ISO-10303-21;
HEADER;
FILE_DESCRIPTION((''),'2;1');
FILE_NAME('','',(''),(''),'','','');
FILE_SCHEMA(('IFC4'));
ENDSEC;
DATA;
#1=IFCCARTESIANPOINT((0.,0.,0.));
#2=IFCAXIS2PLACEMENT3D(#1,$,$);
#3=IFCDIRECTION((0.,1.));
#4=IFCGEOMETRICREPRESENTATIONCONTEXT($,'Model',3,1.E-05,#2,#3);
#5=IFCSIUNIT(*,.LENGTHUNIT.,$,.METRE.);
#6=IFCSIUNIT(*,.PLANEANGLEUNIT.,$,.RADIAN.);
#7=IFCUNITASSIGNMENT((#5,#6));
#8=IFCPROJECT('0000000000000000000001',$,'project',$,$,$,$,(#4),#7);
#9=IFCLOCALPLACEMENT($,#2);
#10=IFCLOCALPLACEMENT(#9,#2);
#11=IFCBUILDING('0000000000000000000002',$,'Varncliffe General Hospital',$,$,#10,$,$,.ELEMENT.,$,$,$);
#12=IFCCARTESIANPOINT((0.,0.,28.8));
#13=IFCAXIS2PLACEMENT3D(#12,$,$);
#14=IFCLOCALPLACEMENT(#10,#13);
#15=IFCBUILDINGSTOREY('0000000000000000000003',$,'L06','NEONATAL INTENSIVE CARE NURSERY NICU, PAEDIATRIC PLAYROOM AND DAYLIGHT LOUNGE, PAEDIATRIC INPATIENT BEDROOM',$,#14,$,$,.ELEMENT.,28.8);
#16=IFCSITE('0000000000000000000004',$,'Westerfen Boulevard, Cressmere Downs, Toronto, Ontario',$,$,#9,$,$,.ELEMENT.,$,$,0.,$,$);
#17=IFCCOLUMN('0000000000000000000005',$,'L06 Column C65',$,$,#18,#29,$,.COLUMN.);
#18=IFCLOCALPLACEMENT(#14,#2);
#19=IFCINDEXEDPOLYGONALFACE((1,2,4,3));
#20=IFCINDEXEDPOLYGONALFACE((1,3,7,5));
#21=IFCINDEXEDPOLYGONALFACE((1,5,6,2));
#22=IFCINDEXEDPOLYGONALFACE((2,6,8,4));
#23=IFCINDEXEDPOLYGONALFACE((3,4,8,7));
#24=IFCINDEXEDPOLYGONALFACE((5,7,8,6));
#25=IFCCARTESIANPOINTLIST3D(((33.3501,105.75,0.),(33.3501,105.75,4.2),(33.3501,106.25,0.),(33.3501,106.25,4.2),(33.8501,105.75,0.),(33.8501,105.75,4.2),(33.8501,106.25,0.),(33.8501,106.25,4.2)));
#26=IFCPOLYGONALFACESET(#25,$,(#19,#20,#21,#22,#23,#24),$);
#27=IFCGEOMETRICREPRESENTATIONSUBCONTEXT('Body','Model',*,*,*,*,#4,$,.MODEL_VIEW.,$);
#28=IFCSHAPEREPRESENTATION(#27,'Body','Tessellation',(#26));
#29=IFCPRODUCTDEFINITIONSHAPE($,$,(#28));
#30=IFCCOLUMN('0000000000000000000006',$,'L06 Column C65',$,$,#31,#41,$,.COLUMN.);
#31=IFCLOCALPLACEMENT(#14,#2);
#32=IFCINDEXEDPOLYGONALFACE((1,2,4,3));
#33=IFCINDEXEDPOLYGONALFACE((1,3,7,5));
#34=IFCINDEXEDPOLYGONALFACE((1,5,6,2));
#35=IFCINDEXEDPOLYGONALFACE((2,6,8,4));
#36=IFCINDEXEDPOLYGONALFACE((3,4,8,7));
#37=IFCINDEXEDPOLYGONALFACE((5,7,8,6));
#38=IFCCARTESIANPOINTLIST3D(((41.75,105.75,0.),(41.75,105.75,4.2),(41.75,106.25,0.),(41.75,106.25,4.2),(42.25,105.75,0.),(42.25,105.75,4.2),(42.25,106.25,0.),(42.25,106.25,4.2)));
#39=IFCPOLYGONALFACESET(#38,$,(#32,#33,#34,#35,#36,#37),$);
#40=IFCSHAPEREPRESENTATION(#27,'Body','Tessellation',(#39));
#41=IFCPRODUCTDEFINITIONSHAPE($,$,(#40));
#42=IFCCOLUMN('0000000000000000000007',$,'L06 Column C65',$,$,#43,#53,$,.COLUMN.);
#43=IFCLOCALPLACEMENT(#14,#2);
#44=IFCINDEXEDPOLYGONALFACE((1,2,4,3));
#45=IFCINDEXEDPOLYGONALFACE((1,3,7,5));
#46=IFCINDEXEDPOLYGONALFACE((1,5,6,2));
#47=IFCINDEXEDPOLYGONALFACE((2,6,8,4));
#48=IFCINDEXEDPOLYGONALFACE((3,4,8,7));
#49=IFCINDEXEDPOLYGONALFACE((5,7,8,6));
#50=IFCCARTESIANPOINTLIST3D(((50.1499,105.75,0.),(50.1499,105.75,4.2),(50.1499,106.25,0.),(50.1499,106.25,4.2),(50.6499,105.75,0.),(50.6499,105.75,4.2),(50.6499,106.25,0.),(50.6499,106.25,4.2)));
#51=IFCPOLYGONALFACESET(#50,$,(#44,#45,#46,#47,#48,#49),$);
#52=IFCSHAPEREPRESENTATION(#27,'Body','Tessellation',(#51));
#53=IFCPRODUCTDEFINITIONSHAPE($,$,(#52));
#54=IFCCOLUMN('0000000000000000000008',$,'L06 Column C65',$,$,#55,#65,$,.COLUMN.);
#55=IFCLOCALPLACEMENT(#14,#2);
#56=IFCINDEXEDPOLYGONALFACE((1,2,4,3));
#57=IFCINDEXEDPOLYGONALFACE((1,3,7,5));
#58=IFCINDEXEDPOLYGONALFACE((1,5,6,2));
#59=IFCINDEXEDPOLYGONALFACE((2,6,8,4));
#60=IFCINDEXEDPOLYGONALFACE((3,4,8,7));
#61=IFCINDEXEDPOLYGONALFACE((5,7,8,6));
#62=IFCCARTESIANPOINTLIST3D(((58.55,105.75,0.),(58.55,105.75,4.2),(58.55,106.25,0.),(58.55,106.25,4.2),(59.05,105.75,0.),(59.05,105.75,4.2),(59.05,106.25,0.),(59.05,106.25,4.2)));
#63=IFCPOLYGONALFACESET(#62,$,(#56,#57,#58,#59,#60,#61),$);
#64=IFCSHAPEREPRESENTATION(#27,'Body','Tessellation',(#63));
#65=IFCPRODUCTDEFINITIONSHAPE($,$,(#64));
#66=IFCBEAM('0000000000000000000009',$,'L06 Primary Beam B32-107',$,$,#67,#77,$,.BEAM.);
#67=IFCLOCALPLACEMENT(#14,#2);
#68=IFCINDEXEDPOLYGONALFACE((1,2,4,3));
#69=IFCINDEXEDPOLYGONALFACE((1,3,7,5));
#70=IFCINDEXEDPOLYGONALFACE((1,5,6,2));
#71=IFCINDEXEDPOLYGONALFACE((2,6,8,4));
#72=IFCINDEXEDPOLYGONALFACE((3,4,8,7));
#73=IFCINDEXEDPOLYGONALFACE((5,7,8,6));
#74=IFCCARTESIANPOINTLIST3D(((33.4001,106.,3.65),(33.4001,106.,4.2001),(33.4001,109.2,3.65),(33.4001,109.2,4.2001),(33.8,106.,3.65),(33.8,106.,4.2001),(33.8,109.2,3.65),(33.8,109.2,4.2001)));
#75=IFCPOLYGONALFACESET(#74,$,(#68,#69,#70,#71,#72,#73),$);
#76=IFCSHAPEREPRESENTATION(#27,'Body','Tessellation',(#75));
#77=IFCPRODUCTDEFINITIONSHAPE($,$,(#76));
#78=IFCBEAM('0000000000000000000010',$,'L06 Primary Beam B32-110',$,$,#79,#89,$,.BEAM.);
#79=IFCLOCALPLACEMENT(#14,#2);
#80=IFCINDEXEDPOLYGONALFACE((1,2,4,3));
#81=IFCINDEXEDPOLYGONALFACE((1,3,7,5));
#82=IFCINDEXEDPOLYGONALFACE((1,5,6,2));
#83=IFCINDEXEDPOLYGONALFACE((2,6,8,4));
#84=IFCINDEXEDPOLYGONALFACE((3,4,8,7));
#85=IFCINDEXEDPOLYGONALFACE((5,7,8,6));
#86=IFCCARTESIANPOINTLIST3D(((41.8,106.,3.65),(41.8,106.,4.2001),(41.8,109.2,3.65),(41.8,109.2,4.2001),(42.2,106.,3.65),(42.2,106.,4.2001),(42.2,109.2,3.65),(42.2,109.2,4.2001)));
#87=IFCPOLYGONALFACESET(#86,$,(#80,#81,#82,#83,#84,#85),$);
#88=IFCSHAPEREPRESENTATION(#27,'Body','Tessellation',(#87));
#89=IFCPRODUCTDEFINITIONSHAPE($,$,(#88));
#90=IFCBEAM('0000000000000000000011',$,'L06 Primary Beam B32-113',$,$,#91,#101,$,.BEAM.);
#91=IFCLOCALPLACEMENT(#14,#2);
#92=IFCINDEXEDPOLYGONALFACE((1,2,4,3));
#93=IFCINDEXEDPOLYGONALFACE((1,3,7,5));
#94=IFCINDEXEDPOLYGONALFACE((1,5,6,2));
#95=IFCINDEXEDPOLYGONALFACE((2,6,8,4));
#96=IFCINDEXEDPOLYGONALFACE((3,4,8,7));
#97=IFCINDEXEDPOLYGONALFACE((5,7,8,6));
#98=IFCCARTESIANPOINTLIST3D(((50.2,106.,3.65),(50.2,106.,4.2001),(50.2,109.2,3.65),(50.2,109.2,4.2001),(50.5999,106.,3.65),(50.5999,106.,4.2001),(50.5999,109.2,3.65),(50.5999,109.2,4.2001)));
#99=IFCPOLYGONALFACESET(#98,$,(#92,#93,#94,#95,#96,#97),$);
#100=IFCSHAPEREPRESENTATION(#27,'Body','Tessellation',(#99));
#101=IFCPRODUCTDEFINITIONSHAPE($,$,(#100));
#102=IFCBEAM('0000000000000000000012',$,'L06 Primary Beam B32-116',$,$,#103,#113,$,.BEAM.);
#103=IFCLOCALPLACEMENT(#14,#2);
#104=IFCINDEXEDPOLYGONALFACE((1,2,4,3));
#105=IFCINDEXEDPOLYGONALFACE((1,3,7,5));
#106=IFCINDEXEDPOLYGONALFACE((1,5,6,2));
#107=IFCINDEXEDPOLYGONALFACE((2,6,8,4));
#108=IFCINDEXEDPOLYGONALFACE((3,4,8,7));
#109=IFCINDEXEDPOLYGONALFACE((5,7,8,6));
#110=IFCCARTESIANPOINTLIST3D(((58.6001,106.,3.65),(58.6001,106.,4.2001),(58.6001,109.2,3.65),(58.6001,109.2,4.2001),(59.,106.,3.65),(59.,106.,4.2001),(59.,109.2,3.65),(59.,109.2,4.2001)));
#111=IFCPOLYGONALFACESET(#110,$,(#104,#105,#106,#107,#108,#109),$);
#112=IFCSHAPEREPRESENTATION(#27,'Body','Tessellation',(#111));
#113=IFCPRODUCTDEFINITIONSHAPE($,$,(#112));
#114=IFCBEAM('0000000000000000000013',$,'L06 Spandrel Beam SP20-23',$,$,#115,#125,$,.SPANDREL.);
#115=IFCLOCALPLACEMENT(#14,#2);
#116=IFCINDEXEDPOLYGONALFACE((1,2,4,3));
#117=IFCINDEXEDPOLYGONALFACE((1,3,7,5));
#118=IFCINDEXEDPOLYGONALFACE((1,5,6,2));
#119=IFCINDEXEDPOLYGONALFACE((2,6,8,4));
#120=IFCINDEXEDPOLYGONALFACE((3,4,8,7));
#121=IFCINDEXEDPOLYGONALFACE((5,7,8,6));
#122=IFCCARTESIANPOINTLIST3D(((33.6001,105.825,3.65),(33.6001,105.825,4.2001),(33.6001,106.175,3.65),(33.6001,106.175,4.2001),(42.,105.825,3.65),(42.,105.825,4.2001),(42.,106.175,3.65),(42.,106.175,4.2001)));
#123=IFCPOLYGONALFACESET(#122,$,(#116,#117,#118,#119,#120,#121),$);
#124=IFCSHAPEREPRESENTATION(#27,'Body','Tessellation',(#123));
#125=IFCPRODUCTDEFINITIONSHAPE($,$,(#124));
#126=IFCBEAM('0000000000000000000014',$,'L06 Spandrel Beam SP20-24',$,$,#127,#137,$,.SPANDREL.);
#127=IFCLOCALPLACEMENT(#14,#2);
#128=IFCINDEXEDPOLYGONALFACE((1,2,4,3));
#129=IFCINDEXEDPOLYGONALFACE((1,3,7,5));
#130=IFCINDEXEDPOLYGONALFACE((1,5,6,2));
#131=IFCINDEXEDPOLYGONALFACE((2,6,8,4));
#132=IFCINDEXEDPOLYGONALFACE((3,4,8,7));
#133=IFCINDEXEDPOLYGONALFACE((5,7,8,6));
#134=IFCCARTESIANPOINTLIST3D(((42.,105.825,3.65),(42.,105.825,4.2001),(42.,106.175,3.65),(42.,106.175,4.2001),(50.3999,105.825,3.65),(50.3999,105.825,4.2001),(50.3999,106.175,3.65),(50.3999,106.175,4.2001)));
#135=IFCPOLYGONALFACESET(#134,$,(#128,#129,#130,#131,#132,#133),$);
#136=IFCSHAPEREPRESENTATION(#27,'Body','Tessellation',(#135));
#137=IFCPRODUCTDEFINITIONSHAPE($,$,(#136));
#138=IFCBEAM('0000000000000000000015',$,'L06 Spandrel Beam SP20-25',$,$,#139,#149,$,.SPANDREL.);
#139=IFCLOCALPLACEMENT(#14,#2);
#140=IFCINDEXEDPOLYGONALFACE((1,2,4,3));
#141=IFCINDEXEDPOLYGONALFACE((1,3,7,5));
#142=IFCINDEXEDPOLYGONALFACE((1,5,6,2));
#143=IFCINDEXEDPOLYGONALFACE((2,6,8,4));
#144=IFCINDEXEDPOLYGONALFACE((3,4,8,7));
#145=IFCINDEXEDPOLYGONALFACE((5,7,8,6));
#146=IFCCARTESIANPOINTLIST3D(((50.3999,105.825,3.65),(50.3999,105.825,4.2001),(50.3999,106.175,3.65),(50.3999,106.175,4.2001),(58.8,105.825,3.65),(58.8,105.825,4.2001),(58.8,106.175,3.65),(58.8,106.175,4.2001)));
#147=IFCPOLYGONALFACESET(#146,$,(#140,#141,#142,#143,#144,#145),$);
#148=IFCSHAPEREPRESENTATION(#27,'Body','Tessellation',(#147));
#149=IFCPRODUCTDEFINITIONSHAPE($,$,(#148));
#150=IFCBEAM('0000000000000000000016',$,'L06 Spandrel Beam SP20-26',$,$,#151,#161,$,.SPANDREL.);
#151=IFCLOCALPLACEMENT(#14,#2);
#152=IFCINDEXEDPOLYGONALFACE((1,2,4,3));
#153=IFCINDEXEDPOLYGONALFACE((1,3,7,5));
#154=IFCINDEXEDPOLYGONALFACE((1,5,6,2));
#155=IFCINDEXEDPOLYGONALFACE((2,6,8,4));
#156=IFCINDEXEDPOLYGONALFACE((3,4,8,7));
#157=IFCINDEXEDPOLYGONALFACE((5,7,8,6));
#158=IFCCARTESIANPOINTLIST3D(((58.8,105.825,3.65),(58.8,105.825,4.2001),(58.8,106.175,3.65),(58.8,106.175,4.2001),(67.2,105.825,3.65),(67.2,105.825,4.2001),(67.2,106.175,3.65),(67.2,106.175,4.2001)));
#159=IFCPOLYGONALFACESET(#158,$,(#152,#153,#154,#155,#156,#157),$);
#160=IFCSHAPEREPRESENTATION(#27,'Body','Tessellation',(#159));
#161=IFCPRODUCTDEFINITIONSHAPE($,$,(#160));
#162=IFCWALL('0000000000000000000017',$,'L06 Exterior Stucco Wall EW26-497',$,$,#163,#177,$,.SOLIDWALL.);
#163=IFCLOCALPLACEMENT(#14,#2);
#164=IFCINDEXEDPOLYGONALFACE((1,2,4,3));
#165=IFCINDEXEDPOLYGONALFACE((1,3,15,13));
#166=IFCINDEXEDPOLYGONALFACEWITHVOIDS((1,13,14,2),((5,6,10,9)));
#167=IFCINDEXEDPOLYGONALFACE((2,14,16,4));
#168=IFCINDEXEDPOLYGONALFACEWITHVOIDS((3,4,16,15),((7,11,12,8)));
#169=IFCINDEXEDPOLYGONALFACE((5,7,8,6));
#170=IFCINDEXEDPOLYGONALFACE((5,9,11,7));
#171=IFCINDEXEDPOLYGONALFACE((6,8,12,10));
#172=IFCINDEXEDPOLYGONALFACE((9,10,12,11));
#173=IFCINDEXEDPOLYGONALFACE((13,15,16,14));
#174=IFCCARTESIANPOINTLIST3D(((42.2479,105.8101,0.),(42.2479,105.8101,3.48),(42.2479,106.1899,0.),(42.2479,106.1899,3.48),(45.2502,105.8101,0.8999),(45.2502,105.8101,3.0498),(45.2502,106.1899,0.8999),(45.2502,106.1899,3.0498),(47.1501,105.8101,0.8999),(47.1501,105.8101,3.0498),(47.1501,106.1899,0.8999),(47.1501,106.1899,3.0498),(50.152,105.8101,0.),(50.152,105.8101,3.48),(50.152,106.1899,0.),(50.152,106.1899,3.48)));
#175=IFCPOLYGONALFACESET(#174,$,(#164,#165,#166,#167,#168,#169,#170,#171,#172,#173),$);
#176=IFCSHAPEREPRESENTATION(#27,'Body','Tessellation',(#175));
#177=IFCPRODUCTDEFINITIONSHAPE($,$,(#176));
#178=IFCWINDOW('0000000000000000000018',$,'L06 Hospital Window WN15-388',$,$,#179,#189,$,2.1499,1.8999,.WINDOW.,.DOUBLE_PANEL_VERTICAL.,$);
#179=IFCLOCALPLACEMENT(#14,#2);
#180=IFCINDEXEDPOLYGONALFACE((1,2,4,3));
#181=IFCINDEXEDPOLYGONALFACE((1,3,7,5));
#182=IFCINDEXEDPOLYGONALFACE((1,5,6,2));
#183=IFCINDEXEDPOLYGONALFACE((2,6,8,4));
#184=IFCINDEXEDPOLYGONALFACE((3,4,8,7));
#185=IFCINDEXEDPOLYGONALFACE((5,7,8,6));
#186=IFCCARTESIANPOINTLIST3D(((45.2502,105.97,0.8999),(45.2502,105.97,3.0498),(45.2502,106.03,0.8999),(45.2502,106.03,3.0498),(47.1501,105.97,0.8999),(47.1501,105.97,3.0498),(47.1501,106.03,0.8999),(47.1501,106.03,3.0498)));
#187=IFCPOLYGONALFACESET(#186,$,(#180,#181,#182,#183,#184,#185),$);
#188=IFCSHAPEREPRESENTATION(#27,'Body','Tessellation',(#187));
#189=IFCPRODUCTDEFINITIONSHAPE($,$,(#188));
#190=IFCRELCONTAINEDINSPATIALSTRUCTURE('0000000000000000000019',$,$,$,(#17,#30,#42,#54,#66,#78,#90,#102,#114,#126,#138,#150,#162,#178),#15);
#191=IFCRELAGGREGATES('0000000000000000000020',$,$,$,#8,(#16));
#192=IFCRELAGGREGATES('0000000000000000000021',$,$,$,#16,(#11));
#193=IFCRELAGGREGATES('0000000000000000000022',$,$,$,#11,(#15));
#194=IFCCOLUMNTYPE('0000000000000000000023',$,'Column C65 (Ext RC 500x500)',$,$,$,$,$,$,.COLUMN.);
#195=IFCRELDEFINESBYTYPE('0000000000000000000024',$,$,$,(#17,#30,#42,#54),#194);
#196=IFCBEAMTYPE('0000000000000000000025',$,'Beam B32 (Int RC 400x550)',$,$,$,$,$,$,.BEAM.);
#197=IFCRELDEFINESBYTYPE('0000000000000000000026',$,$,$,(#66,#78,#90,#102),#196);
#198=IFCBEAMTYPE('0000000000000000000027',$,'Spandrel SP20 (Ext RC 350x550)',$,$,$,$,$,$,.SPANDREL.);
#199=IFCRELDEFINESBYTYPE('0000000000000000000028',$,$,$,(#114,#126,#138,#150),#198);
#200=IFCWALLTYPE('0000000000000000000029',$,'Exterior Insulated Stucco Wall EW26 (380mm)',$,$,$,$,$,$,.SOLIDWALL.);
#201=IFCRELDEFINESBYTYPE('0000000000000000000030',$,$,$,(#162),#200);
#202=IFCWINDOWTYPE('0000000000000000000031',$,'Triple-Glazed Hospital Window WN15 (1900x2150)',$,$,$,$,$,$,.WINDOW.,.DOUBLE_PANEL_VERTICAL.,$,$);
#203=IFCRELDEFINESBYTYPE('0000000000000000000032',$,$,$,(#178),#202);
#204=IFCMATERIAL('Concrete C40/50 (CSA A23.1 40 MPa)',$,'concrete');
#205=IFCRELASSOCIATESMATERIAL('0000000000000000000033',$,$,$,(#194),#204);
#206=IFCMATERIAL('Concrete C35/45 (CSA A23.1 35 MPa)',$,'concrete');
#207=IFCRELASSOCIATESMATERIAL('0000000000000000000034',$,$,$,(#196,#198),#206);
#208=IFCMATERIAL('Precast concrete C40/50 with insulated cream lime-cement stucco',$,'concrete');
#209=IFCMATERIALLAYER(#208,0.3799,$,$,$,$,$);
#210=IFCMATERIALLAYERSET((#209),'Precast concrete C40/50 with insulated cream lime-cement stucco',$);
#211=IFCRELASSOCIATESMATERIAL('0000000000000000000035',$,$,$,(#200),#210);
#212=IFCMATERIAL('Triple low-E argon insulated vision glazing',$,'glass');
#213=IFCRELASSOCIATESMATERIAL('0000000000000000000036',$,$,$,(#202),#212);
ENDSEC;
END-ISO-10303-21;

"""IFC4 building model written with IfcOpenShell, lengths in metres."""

from ifc_helpers import new_model, si_unit, direction, frame, frame_2d, origin, origin_2d, place, context, subcontext, project, spatial, rectangle, extrude, material, layer, layer_set, material_profile, profile_set, type_object, element, fill, save


model = new_model("IFC4")

# Units and contexts
model_context = context("Model", 3, precision=1e-05, world=origin(), true_north=direction((0.0, 1.0)))
body_context = subcontext(model_context, "Body", "Model", "MODEL_VIEW")
ifc_project = project(units=[si_unit("LENGTHUNIT", "METRE"), si_unit("PLANEANGLEUNIT", "RADIAN")], contexts=[model_context])

# Site, building, storey
site_placement = place(None, origin())
site = spatial("IfcSite", under=ifc_project, at=site_placement, Name="Westerfen Boulevard, Cressmere Downs, Toronto, Ontario", CompositionType="ELEMENT", RefElevation=0.0)
building_placement = place(site_placement, origin())
building = spatial("IfcBuilding", under=site, at=building_placement, Name="Varncliffe General Hospital", CompositionType="ELEMENT")
storey_placement = place(building_placement, frame((0.0, 0.0, 28.8)))
storey = spatial("IfcBuildingStorey", under=building, at=storey_placement, Name="L06", Description="NEONATAL INTENSIVE CARE NURSERY NICU, PAEDIATRIC PLAYROOM AND DAYLIGHT LOUNGE, PAEDIATRIC INPATIENT BEDROOM", CompositionType="ELEMENT", Elevation=28.8)

# Columns
ifc_material_1 = material(Name="Concrete C40/50 (CSA A23.1 40 MPa)", Category="concrete")
ifc_material_profile_1 = material_profile(ifc_material_1, rectangle(XDim=0.5, YDim=0.5, at=origin_2d()), Name="RC 500x500")
ifc_profile_set_1 = profile_set([ifc_material_profile_1], Name="Concrete C40/50 (CSA A23.1 40 MPa)")
column_type = type_object("IfcColumnType", Name="Column C65 (Ext RC 500x500)", PredefinedType="COLUMN", material=ifc_profile_set_1)
for number, where, z_axis, x_axis, name in (
    (1, (33.6001, 106.0, 0.0), (0.0, 0.0, 1.0), (1.0, 0.0, 0.0), "L06 Column C65"),
    (2, (42.0, 106.0, 0.0), (0.0, 0.0, 1.0), (1.0, 0.0, 0.0), "L06 Column C65"),
    (3, (50.3999, 106.0, 0.0), (0.0, 0.0, 1.0), (1.0, 0.0, 0.0), "L06 Column C65"),
    (4, (58.8, 106.0, 0.0), (0.0, 0.0, 1.0), (1.0, 0.0, 0.0), "L06 Column C65"),
):
    element("IfcColumn", number, at=place(storey_placement, frame(where, z_axis=z_axis, x_axis=x_axis)), inside=storey, type_object=column_type, Name=name, PredefinedType="COLUMN", context=body_context, shape_type="SweptSolid", body=[
        extrude(rectangle(XDim=0.5, YDim=0.5, at=origin_2d()), origin(), (0.0, 0.0, 1.0), 4.2),
    ])

# Beams
ifc_material_2 = material(Name="Concrete C35/45 (CSA A23.1 35 MPa)", Category="concrete")
ifc_material_profile_2 = material_profile(ifc_material_2, rectangle(XDim=0.3999, YDim=0.55, at=origin_2d()), Name="RC 400x550")
ifc_profile_set_2 = profile_set([ifc_material_profile_2], Name="Concrete C35/45 (CSA A23.1 35 MPa)")
beam_type_1 = type_object("IfcBeamType", Name="Beam B32 (Int RC 400x550)", PredefinedType="BEAM", material=ifc_profile_set_2)
for number, where, z_axis, x_axis, name in (
    (5, (33.6001, 106.0, 3.925), (0.0, 1.0, 0.0), (-1.0, 0.0, 0.0), "L06 Primary Beam B32-107"),
    (6, (42.0, 106.0, 3.925), (0.0, 1.0, 0.0), (-1.0, 0.0, 0.0), "L06 Primary Beam B32-110"),
    (7, (50.3999, 106.0, 3.925), (0.0, 1.0, 0.0), (-1.0, 0.0, 0.0), "L06 Primary Beam B32-113"),
    (8, (58.8, 106.0, 3.925), (0.0, 1.0, 0.0), (-1.0, 0.0, 0.0), "L06 Primary Beam B32-116"),
):
    element("IfcBeam", number, at=place(storey_placement, frame(where, z_axis=z_axis, x_axis=x_axis)), inside=storey, type_object=beam_type_1, Name=name, PredefinedType="BEAM", context=body_context, shape_type="SweptSolid", body=[
        extrude(rectangle(XDim=0.3999, YDim=0.55, at=origin_2d()), origin(), (0.0, 0.0, 1.0), 3.2),
    ])
ifc_material_profile_3 = material_profile(ifc_material_2, rectangle(XDim=0.3501, YDim=0.55, at=origin_2d()), Name="RC 350x550")
ifc_profile_set_3 = profile_set([ifc_material_profile_3], Name="Concrete C35/45 (CSA A23.1 35 MPa)")
beam_type_2 = type_object("IfcBeamType", Name="Spandrel SP20 (Ext RC 350x550)", PredefinedType="SPANDREL", material=ifc_profile_set_3)
for number, where, z_axis, x_axis, name in (
    (9, (33.6001, 106.0, 3.925), (1.0, 0.0, 0.0), (0.0, 1.0, 0.0), "L06 Spandrel Beam SP20-23"),
    (10, (42.0, 106.0, 3.925), (1.0, 0.0, 0.0), (0.0, 1.0, 0.0), "L06 Spandrel Beam SP20-24"),
):
    element("IfcBeam", number, at=place(storey_placement, frame(where, z_axis=z_axis, x_axis=x_axis)), inside=storey, type_object=beam_type_2, Name=name, PredefinedType="SPANDREL", context=body_context, shape_type="SweptSolid", body=[
        extrude(rectangle(XDim=0.3501, YDim=0.55, at=origin_2d()), origin(), (0.0, 0.0, 1.0), 8.3999),
    ])
beam_1_placement = place(storey_placement, frame((50.3999, 106.0, 3.925), z_axis=(1.0, 0.0, 0.0), x_axis=(0.0, 1.0, 0.0)))
element("IfcBeam", 11, at=beam_1_placement, inside=storey, type_object=beam_type_2, Name="L06 Spandrel Beam SP20-25", PredefinedType="SPANDREL", context=body_context, shape_type="SweptSolid", body=[
    extrude(rectangle(XDim=0.3501, YDim=0.55, at=origin_2d()), origin(), (0.0, 0.0, 1.0), 8.4001),
])
beam_2_placement = place(storey_placement, frame((58.8, 106.0, 3.925), z_axis=(1.0, 0.0, 0.0), x_axis=(0.0, 1.0, 0.0)))
element("IfcBeam", 12, at=beam_2_placement, inside=storey, type_object=beam_type_2, Name="L06 Spandrel Beam SP20-26", PredefinedType="SPANDREL", context=body_context, shape_type="SweptSolid", body=[
    extrude(rectangle(XDim=0.3501, YDim=0.55, at=origin_2d()), origin(), (0.0, 0.0, 1.0), 8.3999),
])

# Wall, opening, window
ifc_material_3 = material(Name="Precast concrete C40/50 with insulated cream lime-cement stucco", Category="concrete")
ifc_layer_1 = layer(ifc_material_3, 0.3799)
ifc_layer_set_1 = layer_set([ifc_layer_1], Name="Precast concrete C40/50 with insulated cream lime-cement stucco")
wall_type_1 = type_object("IfcWallType", Name="Exterior Insulated Stucco Wall EW26 (380mm)", PredefinedType="SOLIDWALL", material=ifc_layer_set_1)
wall_1_placement = place(storey_placement, frame((50.1521, 106.0, 0.0), z_axis=(0.0, 0.0, 1.0), x_axis=(-1.0, 0.0, 0.0)))
wall_1 = element("IfcWall", 13, at=wall_1_placement, inside=storey, type_object=wall_type_1, Name="L06 Exterior Stucco Wall EW26-497", PredefinedType="SOLIDWALL", context=body_context, shape_type="SweptSolid", body=[
    extrude(rectangle(XDim=7.9041, YDim=0.3799, at=frame_2d((3.9521, 0.0))), origin(), (0.0, 0.0, 1.0), 3.48),
])
opening_1_placement = place(wall_1_placement, frame((3.002, 0.0, 0.8999)))
opening_1 = element("IfcOpeningElement", 14, at=opening_1_placement, cuts=wall_1, PredefinedType="OPENING", context=body_context, shape_type="SweptSolid", body=[
    extrude(rectangle(XDim=1.8999, YDim=2.1499, at=frame_2d((0.95, 1.075))), frame((0.0, 0.2, 0.0), z_axis=(0.0, -1.0, 0.0), x_axis=(1.0, 0.0, 0.0)), (0.0, 0.0, 1.0), 0.3999),
])
ifc_material_4 = material(Name="Triple low-E argon insulated vision glazing", Category="glass")
window_type_1 = type_object("IfcWindowType", Name="Triple-Glazed Hospital Window WN15 (1900x2150)", PartitioningType="DOUBLE_PANEL_VERTICAL", PredefinedType="WINDOW", material=ifc_material_4)
window_1_placement = place(opening_1_placement, origin())
window_1 = element("IfcWindow", 15, at=window_1_placement, inside=storey, type_object=window_type_1, Name="L06 Hospital Window WN15-388", OverallHeight=2.1499, OverallWidth=1.8999, PartitioningType="DOUBLE_PANEL_VERTICAL", PredefinedType="WINDOW", context=body_context, shape_type="SweptSolid", body=[
    extrude(rectangle(XDim=1.8999, YDim=2.1499, at=frame_2d((0.95, 1.075))), frame((0.0, 0.03, 0.0), z_axis=(0.0, -1.0, 0.0), x_axis=(1.0, 0.0, 0.0)), (0.0, 0.0, 1.0), 0.0601),
])
fill(opening_1, window_1)

save(model, "model.ifc")
